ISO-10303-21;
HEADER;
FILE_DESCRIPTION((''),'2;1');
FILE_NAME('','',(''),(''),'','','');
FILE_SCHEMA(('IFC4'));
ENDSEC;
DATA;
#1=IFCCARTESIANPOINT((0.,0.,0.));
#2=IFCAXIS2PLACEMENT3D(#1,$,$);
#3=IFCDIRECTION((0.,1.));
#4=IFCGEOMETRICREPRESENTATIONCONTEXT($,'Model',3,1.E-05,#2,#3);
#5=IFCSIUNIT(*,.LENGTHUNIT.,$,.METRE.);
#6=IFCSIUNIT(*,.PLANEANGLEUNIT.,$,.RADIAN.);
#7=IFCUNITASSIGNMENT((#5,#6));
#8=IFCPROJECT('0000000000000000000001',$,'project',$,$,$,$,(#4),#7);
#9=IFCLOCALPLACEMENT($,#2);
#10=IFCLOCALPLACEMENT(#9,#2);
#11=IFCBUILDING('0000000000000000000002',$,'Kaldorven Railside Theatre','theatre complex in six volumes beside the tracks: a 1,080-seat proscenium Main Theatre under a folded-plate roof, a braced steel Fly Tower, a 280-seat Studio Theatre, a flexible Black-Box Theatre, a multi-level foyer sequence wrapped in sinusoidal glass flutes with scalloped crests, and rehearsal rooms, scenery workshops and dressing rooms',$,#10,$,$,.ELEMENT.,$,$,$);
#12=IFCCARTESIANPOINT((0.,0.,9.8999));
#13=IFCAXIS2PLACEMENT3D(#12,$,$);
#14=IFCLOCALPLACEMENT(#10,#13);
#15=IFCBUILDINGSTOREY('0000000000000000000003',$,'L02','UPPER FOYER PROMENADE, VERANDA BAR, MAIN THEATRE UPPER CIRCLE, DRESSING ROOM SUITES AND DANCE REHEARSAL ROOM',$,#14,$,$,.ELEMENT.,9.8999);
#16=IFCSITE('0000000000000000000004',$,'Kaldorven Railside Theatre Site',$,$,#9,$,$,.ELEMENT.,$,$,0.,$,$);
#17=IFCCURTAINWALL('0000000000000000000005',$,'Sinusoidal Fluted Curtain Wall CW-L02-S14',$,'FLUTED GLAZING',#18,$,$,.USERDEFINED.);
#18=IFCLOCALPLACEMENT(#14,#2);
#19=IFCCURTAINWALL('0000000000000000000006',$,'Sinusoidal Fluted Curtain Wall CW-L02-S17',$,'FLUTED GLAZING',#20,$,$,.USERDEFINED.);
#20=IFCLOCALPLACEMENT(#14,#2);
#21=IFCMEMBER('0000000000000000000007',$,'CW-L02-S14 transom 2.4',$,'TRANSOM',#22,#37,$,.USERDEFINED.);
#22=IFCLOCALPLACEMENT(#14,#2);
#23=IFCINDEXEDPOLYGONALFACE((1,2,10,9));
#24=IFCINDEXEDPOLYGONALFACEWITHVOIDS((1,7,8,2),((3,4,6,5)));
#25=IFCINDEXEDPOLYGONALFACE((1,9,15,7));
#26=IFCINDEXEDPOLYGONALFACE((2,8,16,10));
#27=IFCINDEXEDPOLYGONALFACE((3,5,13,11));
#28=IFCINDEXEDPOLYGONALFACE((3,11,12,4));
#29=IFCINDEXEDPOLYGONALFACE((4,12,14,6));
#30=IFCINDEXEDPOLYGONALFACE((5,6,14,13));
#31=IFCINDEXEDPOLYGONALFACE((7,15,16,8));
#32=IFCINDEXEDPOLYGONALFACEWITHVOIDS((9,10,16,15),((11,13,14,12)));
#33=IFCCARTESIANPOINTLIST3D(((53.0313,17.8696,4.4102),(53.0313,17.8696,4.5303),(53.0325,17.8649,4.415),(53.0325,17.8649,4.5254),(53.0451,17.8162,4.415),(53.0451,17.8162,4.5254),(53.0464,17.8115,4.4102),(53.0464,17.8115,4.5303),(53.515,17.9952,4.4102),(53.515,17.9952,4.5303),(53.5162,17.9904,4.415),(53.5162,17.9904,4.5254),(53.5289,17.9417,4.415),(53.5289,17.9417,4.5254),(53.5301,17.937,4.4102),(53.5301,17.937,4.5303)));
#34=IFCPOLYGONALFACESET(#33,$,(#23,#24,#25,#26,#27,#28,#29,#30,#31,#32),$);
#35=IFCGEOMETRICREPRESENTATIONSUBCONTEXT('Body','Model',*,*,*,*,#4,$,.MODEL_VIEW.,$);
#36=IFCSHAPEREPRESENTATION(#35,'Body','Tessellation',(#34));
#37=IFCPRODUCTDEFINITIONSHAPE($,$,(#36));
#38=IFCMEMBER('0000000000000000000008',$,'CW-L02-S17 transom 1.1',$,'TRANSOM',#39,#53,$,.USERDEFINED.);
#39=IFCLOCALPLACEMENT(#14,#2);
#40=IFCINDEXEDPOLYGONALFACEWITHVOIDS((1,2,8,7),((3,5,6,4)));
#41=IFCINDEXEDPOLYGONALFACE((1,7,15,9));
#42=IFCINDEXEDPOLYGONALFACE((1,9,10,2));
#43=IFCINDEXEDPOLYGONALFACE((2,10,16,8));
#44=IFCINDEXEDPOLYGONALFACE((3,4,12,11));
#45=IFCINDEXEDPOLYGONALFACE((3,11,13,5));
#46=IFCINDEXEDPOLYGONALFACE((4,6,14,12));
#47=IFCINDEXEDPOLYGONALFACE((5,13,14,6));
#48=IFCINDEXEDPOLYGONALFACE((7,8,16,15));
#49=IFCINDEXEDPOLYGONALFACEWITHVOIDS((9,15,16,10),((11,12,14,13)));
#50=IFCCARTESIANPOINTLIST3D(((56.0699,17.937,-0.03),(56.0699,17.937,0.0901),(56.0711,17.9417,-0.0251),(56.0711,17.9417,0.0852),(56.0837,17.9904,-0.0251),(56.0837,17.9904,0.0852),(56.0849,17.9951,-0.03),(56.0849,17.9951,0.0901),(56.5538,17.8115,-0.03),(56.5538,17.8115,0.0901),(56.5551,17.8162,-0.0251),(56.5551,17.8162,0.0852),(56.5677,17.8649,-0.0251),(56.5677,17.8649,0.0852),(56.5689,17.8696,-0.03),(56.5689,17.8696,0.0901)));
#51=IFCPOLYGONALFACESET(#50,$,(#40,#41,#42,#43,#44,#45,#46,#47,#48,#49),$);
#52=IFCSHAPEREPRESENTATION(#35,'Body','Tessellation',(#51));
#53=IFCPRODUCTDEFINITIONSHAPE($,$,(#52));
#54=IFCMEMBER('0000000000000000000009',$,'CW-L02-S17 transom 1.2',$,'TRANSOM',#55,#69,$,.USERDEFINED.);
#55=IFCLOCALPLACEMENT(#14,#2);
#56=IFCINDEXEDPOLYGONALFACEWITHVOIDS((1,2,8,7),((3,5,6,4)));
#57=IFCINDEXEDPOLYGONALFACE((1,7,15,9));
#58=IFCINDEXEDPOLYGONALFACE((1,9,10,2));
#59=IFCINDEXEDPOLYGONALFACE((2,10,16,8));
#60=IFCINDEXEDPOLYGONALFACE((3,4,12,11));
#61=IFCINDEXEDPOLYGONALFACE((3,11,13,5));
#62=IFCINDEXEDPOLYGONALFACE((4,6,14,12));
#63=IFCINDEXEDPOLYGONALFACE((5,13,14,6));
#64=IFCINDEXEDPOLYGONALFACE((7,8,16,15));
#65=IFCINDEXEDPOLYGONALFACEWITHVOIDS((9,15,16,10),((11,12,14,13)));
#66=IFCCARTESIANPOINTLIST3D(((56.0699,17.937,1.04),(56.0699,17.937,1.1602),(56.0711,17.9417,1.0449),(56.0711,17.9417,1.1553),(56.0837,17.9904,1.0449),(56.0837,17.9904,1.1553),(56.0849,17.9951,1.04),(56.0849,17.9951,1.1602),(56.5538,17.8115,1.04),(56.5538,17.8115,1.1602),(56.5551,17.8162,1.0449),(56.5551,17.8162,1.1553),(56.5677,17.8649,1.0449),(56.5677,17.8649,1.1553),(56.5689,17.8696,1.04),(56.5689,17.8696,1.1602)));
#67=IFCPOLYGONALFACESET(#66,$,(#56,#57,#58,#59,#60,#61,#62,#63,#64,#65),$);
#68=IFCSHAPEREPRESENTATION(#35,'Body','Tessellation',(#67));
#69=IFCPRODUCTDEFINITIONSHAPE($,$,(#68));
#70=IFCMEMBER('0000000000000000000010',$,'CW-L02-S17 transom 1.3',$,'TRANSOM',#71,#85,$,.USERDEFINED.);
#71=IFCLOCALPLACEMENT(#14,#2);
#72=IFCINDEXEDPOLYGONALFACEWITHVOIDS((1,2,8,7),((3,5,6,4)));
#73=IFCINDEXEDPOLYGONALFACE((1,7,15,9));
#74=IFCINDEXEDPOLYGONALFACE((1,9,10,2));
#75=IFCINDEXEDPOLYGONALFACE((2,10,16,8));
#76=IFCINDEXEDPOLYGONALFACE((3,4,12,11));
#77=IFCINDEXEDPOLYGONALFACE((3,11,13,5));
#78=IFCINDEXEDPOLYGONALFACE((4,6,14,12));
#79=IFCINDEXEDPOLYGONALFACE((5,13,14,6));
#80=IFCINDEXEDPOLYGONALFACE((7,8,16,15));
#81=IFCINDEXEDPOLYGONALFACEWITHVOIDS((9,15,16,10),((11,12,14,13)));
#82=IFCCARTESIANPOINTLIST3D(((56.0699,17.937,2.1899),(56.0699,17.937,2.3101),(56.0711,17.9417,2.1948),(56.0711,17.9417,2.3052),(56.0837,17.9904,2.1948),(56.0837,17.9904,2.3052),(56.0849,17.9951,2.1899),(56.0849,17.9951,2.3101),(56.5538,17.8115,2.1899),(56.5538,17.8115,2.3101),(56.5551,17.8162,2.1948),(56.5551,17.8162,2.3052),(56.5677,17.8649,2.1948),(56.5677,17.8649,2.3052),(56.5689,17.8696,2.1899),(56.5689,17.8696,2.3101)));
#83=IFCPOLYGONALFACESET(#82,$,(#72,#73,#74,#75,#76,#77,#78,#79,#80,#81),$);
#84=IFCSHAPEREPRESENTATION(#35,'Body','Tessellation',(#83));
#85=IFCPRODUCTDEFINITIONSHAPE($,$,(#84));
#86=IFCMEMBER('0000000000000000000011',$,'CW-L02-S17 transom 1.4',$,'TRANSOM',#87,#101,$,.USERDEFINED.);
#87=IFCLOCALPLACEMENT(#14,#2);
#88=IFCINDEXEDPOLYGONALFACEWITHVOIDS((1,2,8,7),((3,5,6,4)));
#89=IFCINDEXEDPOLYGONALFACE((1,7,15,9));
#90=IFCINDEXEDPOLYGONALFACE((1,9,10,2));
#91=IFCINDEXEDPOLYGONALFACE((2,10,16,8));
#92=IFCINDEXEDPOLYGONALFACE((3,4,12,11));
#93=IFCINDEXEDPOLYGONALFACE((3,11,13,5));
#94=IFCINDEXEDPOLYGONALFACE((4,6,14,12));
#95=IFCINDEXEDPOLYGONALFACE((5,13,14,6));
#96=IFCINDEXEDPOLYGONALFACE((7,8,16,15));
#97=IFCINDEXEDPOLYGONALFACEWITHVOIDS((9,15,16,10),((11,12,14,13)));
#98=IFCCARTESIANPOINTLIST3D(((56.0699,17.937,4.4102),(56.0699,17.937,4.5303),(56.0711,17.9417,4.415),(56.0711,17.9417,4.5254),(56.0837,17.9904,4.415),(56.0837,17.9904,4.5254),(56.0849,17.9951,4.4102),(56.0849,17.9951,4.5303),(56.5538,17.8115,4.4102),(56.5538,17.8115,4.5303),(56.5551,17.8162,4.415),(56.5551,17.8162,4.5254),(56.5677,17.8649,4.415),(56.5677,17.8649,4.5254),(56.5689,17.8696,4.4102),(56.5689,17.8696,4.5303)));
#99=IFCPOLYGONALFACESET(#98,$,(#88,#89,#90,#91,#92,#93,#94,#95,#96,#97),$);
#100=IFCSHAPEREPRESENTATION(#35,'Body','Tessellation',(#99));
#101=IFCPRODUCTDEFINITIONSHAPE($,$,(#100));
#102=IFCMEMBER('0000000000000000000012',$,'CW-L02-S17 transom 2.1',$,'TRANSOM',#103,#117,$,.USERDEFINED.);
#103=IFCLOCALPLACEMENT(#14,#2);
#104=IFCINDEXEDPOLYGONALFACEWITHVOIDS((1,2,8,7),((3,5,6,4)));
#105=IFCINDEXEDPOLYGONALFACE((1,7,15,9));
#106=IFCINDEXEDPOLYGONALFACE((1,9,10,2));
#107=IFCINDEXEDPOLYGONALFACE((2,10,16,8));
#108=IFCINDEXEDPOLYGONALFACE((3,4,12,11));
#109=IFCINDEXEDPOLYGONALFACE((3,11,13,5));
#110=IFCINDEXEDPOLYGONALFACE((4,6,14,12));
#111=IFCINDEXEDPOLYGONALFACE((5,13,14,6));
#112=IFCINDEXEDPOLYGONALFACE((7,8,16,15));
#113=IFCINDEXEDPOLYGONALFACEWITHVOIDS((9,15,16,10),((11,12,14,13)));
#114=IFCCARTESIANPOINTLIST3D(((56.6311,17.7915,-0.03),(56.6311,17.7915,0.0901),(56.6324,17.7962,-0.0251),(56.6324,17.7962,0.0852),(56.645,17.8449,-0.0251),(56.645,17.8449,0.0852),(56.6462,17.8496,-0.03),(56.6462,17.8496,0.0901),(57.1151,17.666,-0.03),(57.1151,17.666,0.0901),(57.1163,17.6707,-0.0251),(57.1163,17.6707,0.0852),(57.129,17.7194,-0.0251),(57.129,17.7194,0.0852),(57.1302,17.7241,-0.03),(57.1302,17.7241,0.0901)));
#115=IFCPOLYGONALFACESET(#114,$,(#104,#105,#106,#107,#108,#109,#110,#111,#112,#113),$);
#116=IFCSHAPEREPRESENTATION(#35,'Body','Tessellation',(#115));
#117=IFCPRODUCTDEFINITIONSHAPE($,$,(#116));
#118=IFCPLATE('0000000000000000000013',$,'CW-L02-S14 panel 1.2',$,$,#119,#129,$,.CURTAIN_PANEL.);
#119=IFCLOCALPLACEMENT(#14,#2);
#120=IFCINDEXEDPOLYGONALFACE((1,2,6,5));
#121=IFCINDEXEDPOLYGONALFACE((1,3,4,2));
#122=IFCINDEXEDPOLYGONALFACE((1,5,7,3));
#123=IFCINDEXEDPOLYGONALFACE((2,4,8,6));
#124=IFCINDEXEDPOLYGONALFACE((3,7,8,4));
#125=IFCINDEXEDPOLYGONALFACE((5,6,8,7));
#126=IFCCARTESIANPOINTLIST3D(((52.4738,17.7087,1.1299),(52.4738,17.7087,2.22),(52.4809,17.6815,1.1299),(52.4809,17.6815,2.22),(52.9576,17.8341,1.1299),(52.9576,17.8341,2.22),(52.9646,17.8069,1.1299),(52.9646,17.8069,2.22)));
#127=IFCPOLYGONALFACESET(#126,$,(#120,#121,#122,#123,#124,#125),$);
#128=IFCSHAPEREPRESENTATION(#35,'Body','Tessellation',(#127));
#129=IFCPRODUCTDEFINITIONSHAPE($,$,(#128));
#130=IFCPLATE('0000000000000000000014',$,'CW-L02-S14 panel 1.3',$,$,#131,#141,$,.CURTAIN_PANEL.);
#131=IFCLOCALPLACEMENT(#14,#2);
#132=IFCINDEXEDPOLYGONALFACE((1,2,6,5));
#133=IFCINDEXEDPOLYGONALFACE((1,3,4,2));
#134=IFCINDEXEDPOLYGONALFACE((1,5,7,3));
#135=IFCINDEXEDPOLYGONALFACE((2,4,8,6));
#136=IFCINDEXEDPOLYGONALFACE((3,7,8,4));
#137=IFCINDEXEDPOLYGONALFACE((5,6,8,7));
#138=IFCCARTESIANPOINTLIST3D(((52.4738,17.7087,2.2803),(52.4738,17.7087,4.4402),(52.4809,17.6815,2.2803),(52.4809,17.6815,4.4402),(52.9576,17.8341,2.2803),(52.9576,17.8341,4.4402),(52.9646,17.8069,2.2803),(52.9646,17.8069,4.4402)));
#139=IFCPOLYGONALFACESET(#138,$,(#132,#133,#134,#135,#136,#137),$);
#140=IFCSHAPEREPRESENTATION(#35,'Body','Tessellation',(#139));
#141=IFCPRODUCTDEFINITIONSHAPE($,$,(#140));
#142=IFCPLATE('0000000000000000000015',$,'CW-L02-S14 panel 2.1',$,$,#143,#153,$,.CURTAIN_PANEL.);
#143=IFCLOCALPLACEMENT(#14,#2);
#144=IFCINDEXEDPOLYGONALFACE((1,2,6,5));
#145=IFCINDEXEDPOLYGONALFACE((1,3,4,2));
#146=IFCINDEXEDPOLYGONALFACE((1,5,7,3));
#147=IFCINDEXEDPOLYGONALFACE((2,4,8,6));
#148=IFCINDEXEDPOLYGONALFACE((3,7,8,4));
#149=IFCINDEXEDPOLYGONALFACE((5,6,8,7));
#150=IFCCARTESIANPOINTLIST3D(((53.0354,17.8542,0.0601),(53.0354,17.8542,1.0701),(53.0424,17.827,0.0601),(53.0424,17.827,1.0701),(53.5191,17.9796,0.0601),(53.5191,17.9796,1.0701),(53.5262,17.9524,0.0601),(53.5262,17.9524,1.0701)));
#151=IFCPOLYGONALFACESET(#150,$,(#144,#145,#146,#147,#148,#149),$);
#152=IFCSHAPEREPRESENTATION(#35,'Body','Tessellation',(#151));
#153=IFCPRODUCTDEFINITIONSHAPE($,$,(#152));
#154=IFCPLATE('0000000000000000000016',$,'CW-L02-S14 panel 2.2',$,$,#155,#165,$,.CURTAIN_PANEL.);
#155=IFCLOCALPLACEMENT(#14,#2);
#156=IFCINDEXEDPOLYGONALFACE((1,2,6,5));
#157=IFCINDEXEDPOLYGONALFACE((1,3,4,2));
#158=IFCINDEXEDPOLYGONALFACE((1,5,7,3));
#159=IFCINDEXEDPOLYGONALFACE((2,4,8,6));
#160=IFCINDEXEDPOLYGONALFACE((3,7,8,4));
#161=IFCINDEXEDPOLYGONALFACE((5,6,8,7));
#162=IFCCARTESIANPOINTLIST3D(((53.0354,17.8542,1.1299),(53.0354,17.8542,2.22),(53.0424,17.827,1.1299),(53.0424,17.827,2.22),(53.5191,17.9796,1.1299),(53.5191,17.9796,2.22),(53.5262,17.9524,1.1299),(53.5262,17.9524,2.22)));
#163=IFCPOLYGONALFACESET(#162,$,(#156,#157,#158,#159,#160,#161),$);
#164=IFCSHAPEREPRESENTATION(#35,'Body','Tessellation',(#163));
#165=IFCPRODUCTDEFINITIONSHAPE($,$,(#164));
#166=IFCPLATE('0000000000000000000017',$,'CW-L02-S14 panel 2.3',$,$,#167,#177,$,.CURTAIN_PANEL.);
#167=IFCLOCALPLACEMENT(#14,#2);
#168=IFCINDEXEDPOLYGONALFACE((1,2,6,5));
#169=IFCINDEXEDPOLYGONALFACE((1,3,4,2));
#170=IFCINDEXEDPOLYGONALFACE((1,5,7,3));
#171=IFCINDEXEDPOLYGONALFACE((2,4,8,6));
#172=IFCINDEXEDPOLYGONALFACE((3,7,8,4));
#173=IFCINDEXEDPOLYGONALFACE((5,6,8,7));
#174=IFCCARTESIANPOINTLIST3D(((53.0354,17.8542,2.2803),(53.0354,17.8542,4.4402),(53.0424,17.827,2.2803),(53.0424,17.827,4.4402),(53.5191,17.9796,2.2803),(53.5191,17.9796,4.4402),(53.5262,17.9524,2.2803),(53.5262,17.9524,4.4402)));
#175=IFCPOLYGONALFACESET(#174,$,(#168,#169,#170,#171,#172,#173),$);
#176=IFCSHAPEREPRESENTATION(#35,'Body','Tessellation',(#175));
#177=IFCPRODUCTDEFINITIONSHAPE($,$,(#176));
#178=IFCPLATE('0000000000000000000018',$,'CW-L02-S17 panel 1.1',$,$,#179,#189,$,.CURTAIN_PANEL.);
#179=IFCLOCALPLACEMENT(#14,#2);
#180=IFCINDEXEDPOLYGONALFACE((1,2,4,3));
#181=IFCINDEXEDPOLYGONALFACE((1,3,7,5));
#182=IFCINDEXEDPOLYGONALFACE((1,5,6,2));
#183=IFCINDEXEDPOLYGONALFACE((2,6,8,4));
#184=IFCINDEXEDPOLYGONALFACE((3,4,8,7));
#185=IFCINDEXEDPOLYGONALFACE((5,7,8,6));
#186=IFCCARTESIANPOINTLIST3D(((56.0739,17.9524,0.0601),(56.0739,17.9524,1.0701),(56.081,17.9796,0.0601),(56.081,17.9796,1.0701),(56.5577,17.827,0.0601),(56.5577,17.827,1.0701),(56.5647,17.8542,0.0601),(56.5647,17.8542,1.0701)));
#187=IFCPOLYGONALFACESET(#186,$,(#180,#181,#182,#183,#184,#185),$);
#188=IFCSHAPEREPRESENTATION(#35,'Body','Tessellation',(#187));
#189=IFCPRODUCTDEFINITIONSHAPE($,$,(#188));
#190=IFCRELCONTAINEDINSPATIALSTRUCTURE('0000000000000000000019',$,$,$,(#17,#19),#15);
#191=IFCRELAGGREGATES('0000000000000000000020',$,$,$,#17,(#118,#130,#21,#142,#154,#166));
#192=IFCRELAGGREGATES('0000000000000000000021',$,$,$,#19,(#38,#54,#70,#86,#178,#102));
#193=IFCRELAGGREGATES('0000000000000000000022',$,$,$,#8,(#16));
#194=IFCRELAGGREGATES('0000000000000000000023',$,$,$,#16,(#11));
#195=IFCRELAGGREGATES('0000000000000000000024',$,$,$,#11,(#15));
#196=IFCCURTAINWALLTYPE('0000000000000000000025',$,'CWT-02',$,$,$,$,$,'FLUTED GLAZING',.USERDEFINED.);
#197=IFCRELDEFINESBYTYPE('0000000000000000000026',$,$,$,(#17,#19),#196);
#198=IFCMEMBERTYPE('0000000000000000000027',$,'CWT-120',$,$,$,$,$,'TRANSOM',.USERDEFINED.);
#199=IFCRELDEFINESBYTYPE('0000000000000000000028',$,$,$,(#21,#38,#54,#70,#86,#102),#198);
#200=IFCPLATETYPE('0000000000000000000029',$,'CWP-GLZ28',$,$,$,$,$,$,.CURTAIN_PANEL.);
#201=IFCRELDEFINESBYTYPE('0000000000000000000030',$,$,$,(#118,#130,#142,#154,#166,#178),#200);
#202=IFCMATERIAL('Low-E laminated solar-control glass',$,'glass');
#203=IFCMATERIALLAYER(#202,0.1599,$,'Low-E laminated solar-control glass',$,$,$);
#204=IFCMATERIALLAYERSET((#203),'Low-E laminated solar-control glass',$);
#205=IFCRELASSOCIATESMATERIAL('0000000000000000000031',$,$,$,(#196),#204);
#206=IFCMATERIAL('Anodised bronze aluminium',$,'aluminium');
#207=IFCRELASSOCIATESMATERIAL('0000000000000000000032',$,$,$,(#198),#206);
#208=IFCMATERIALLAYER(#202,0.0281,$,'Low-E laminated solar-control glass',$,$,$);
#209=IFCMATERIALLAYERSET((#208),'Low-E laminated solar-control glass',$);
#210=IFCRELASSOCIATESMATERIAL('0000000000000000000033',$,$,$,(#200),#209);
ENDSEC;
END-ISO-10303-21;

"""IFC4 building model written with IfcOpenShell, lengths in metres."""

from ifc_helpers import new_model, si_unit, direction, frame, origin, origin_2d, place, context, subcontext, project, spatial, rectangle, hollow_rectangle, extrude, material, layer, layer_set, material_profile, profile_set, type_object, element, aggregate, save


model = new_model("IFC4")

# Units and contexts
model_context = context("Model", 3, precision=1e-05, world=origin(), true_north=direction((0.0, 1.0)))
body_context = subcontext(model_context, "Body", "Model", "MODEL_VIEW")
ifc_project = project(units=[si_unit("LENGTHUNIT", "METRE"), si_unit("PLANEANGLEUNIT", "RADIAN")], contexts=[model_context])

# Site, building, storey
site_placement = place(None, origin())
site = spatial("IfcSite", under=ifc_project, at=site_placement, Name="Kaldorven Railside Theatre Site", CompositionType="ELEMENT", RefElevation=0.0)
building_placement = place(site_placement, origin())
building = spatial("IfcBuilding", under=site, at=building_placement, Name="Kaldorven Railside Theatre", Description="theatre complex in six volumes beside the tracks: a 1,080-seat proscenium Main Theatre under a folded-plate roof, a braced steel Fly Tower, a 280-seat Studio Theatre, a flexible Black-Box Theatre, a multi-level foyer sequence wrapped in sinusoidal glass flutes with scalloped crests, and rehearsal rooms, scenery workshops and dressing rooms", CompositionType="ELEMENT")
storey_placement = place(building_placement, frame((0.0, 0.0, 9.8999)))
storey = spatial("IfcBuildingStorey", under=building, at=storey_placement, Name="L02", Description="UPPER FOYER PROMENADE, VERANDA BAR, MAIN THEATRE UPPER CIRCLE, DRESSING ROOM SUITES AND DANCE REHEARSAL ROOM", CompositionType="ELEMENT", Elevation=9.8999)

# Curtain walls
ifc_material_1 = material(Name="Low-E laminated solar-control glass", Category="glass")
ifc_layer_1 = layer(ifc_material_1, 0.1599, Name="Low-E laminated solar-control glass")
ifc_layer_set_1 = layer_set([ifc_layer_1], Name="Low-E laminated solar-control glass")
curtain_wall_type = type_object("IfcCurtainWallType", Name="CWT-02", ElementType="FLUTED GLAZING", PredefinedType="USERDEFINED", material=ifc_layer_set_1)
curtain_wall_1_placement = place(storey_placement, origin())
curtain_wall_1 = element("IfcCurtainWall", 1, at=curtain_wall_1_placement, inside=storey, type_object=curtain_wall_type, Name="Sinusoidal Fluted Curtain Wall CW-L02-S14", ObjectType="FLUTED GLAZING", PredefinedType="USERDEFINED")
ifc_material_2 = material(Name="Anodised bronze aluminium", Category="aluminium")
curtain_wall_2_placement = place(storey_placement, origin())
curtain_wall_2 = element("IfcCurtainWall", 2, at=curtain_wall_2_placement, inside=storey, type_object=curtain_wall_type, Name="Sinusoidal Fluted Curtain Wall CW-L02-S17", ObjectType="FLUTED GLAZING", PredefinedType="USERDEFINED")

# Members
ifc_material_profile_1 = material_profile(ifc_material_2, hollow_rectangle(XDim=0.0601, YDim=0.1201, WallThickness=0.0049, at=origin_2d()), Name="RHS 120x60x5")
ifc_profile_set_1 = profile_set([ifc_material_profile_1], Name="Anodised bronze aluminium")
member_type_1 = type_object("IfcMemberType", Name="CWT-120", ElementType="TRANSOM", PredefinedType="USERDEFINED", material=ifc_profile_set_1)
member_1_placement = place(storey_placement, frame((53.0388, 17.8406, 4.4702), z_axis=(0.967949, 0.251149, 0.0), x_axis=(-0.251149, 0.967949, 0.0)))
member_1 = element("IfcMember", 3, at=member_1_placement, type_object=member_type_1, Name="CW-L02-S14 transom 2.4", ObjectType="TRANSOM", PredefinedType="USERDEFINED", context=body_context, shape_type="SweptSolid", body=[
    extrude(hollow_rectangle(XDim=0.0601, YDim=0.1201, WallThickness=0.0049, at=origin_2d()), origin(), (0.0, 0.0, 1.0), 0.4998),
])
member_2_placement = place(storey_placement, frame((56.0774, 17.9661, 0.03), z_axis=(0.967979, -0.25103, 0.0), x_axis=(0.25103, 0.967979, 0.0)))
member_2 = element("IfcMember", 4, at=member_2_placement, type_object=member_type_1, Name="CW-L02-S17 transom 1.1", ObjectType="TRANSOM", PredefinedType="USERDEFINED", context=body_context, shape_type="SweptSolid", body=[
    extrude(hollow_rectangle(XDim=0.0601, YDim=0.1201, WallThickness=0.0049, at=origin_2d()), origin(), (0.0, 0.0, 1.0), 0.5),
])
member_3_placement = place(storey_placement, frame((56.0774, 17.9661, 1.1001), z_axis=(0.967979, -0.25103, 0.0), x_axis=(0.25103, 0.967979, 0.0)))
member_3 = element("IfcMember", 5, at=member_3_placement, type_object=member_type_1, Name="CW-L02-S17 transom 1.2", ObjectType="TRANSOM", PredefinedType="USERDEFINED", context=body_context, shape_type="SweptSolid", body=[
    extrude(hollow_rectangle(XDim=0.0601, YDim=0.1201, WallThickness=0.0049, at=origin_2d()), origin(), (0.0, 0.0, 1.0), 0.5),
])
member_4_placement = place(storey_placement, frame((56.0774, 17.9661, 2.25), z_axis=(0.967979, -0.25103, 0.0), x_axis=(0.25103, 0.967979, 0.0)))
member_4 = element("IfcMember", 6, at=member_4_placement, type_object=member_type_1, Name="CW-L02-S17 transom 1.3", ObjectType="TRANSOM", PredefinedType="USERDEFINED", context=body_context, shape_type="SweptSolid", body=[
    extrude(hollow_rectangle(XDim=0.0601, YDim=0.1201, WallThickness=0.0049, at=origin_2d()), origin(), (0.0, 0.0, 1.0), 0.5),
])
member_5_placement = place(storey_placement, frame((56.0774, 17.9661, 4.4702), z_axis=(0.967979, -0.25103, 0.0), x_axis=(0.25103, 0.967979, 0.0)))
member_5 = element("IfcMember", 7, at=member_5_placement, type_object=member_type_1, Name="CW-L02-S17 transom 1.4", ObjectType="TRANSOM", PredefinedType="USERDEFINED", context=body_context, shape_type="SweptSolid", body=[
    extrude(hollow_rectangle(XDim=0.0601, YDim=0.1201, WallThickness=0.0049, at=origin_2d()), origin(), (0.0, 0.0, 1.0), 0.5),
])
member_6_placement = place(storey_placement, frame((56.6387, 17.8206, 0.03), z_axis=(0.967979, -0.25103, 0.0), x_axis=(0.25103, 0.967979, 0.0)))
member_6 = element("IfcMember", 8, at=member_6_placement, type_object=member_type_1, Name="CW-L02-S17 transom 2.1", ObjectType="TRANSOM", PredefinedType="USERDEFINED", context=body_context, shape_type="SweptSolid", body=[
    extrude(hollow_rectangle(XDim=0.0601, YDim=0.1201, WallThickness=0.0049, at=origin_2d()), origin(), (0.0, 0.0, 1.0), 0.5),
])

# Plates
ifc_layer_2 = layer(ifc_material_1, 0.0281, Name="Low-E laminated solar-control glass")
ifc_layer_set_2 = layer_set([ifc_layer_2], Name="Low-E laminated solar-control glass")
plate_type = type_object("IfcPlateType", Name="CWP-GLZ28", PredefinedType="CURTAIN_PANEL", material=ifc_layer_set_2)
plate_1_placement = place(storey_placement, frame((52.7192, 17.7578, 1.1299), z_axis=(0.0, 0.0, 1.0), x_axis=(0.967999, 0.250954, 0.0)))
plate_1 = element("IfcPlate", 9, at=plate_1_placement, type_object=plate_type, Name="CW-L02-S14 panel 1.2", PredefinedType="CURTAIN_PANEL", context=body_context, shape_type="SweptSolid", body=[
    extrude(rectangle(XDim=0.4998, YDim=0.0281, at=origin_2d()), origin(), (0.0, 0.0, 1.0), 1.0901),
])
plate_2_placement = place(storey_placement, frame((52.7192, 17.7578, 2.2803), z_axis=(0.0, 0.0, 1.0), x_axis=(0.967999, 0.250954, 0.0)))
plate_2 = element("IfcPlate", 10, at=plate_2_placement, type_object=plate_type, Name="CW-L02-S14 panel 1.3", PredefinedType="CURTAIN_PANEL", context=body_context, shape_type="SweptSolid", body=[
    extrude(rectangle(XDim=0.4998, YDim=0.0281, at=origin_2d()), origin(), (0.0, 0.0, 1.0), 2.1599),
])
plate_3_placement = place(storey_placement, frame((53.2808, 17.9033, 0.0601), z_axis=(0.0, 0.0, 1.0), x_axis=(0.967999, 0.250954, 0.0)))
plate_3 = element("IfcPlate", 11, at=plate_3_placement, type_object=plate_type, Name="CW-L02-S14 panel 2.1", PredefinedType="CURTAIN_PANEL", context=body_context, shape_type="SweptSolid", body=[
    extrude(rectangle(XDim=0.4998, YDim=0.0281, at=origin_2d()), origin(), (0.0, 0.0, 1.0), 1.01),
])
plate_4_placement = place(storey_placement, frame((53.2808, 17.9033, 1.1299), z_axis=(0.0, 0.0, 1.0), x_axis=(0.967999, 0.250954, 0.0)))
plate_4 = element("IfcPlate", 12, at=plate_4_placement, type_object=plate_type, Name="CW-L02-S14 panel 2.2", PredefinedType="CURTAIN_PANEL", context=body_context, shape_type="SweptSolid", body=[
    extrude(rectangle(XDim=0.4998, YDim=0.0281, at=origin_2d()), origin(), (0.0, 0.0, 1.0), 1.0901),
])
plate_5_placement = place(storey_placement, frame((53.2808, 17.9033, 2.2803), z_axis=(0.0, 0.0, 1.0), x_axis=(0.967999, 0.250954, 0.0)))
plate_5 = element("IfcPlate", 13, at=plate_5_placement, type_object=plate_type, Name="CW-L02-S14 panel 2.3", PredefinedType="CURTAIN_PANEL", context=body_context, shape_type="SweptSolid", body=[
    extrude(rectangle(XDim=0.4998, YDim=0.0281, at=origin_2d()), origin(), (0.0, 0.0, 1.0), 2.1599),
])
aggregate(curtain_wall_1, [plate_1, plate_2, member_1, plate_3, plate_4, plate_5])
plate_6_placement = place(storey_placement, frame((56.3193, 17.9033, 0.0601), z_axis=(0.0, 0.0, 1.0), x_axis=(0.967999, -0.250954, 0.0)))
plate_6 = element("IfcPlate", 14, at=plate_6_placement, type_object=plate_type, Name="CW-L02-S17 panel 1.1", PredefinedType="CURTAIN_PANEL", context=body_context, shape_type="SweptSolid", body=[
    extrude(rectangle(XDim=0.4998, YDim=0.0281, at=origin_2d()), origin(), (0.0, 0.0, 1.0), 1.01),
])
aggregate(curtain_wall_2, [member_2, member_3, member_4, member_5, plate_6, member_6])

save(model, "model.ifc")
